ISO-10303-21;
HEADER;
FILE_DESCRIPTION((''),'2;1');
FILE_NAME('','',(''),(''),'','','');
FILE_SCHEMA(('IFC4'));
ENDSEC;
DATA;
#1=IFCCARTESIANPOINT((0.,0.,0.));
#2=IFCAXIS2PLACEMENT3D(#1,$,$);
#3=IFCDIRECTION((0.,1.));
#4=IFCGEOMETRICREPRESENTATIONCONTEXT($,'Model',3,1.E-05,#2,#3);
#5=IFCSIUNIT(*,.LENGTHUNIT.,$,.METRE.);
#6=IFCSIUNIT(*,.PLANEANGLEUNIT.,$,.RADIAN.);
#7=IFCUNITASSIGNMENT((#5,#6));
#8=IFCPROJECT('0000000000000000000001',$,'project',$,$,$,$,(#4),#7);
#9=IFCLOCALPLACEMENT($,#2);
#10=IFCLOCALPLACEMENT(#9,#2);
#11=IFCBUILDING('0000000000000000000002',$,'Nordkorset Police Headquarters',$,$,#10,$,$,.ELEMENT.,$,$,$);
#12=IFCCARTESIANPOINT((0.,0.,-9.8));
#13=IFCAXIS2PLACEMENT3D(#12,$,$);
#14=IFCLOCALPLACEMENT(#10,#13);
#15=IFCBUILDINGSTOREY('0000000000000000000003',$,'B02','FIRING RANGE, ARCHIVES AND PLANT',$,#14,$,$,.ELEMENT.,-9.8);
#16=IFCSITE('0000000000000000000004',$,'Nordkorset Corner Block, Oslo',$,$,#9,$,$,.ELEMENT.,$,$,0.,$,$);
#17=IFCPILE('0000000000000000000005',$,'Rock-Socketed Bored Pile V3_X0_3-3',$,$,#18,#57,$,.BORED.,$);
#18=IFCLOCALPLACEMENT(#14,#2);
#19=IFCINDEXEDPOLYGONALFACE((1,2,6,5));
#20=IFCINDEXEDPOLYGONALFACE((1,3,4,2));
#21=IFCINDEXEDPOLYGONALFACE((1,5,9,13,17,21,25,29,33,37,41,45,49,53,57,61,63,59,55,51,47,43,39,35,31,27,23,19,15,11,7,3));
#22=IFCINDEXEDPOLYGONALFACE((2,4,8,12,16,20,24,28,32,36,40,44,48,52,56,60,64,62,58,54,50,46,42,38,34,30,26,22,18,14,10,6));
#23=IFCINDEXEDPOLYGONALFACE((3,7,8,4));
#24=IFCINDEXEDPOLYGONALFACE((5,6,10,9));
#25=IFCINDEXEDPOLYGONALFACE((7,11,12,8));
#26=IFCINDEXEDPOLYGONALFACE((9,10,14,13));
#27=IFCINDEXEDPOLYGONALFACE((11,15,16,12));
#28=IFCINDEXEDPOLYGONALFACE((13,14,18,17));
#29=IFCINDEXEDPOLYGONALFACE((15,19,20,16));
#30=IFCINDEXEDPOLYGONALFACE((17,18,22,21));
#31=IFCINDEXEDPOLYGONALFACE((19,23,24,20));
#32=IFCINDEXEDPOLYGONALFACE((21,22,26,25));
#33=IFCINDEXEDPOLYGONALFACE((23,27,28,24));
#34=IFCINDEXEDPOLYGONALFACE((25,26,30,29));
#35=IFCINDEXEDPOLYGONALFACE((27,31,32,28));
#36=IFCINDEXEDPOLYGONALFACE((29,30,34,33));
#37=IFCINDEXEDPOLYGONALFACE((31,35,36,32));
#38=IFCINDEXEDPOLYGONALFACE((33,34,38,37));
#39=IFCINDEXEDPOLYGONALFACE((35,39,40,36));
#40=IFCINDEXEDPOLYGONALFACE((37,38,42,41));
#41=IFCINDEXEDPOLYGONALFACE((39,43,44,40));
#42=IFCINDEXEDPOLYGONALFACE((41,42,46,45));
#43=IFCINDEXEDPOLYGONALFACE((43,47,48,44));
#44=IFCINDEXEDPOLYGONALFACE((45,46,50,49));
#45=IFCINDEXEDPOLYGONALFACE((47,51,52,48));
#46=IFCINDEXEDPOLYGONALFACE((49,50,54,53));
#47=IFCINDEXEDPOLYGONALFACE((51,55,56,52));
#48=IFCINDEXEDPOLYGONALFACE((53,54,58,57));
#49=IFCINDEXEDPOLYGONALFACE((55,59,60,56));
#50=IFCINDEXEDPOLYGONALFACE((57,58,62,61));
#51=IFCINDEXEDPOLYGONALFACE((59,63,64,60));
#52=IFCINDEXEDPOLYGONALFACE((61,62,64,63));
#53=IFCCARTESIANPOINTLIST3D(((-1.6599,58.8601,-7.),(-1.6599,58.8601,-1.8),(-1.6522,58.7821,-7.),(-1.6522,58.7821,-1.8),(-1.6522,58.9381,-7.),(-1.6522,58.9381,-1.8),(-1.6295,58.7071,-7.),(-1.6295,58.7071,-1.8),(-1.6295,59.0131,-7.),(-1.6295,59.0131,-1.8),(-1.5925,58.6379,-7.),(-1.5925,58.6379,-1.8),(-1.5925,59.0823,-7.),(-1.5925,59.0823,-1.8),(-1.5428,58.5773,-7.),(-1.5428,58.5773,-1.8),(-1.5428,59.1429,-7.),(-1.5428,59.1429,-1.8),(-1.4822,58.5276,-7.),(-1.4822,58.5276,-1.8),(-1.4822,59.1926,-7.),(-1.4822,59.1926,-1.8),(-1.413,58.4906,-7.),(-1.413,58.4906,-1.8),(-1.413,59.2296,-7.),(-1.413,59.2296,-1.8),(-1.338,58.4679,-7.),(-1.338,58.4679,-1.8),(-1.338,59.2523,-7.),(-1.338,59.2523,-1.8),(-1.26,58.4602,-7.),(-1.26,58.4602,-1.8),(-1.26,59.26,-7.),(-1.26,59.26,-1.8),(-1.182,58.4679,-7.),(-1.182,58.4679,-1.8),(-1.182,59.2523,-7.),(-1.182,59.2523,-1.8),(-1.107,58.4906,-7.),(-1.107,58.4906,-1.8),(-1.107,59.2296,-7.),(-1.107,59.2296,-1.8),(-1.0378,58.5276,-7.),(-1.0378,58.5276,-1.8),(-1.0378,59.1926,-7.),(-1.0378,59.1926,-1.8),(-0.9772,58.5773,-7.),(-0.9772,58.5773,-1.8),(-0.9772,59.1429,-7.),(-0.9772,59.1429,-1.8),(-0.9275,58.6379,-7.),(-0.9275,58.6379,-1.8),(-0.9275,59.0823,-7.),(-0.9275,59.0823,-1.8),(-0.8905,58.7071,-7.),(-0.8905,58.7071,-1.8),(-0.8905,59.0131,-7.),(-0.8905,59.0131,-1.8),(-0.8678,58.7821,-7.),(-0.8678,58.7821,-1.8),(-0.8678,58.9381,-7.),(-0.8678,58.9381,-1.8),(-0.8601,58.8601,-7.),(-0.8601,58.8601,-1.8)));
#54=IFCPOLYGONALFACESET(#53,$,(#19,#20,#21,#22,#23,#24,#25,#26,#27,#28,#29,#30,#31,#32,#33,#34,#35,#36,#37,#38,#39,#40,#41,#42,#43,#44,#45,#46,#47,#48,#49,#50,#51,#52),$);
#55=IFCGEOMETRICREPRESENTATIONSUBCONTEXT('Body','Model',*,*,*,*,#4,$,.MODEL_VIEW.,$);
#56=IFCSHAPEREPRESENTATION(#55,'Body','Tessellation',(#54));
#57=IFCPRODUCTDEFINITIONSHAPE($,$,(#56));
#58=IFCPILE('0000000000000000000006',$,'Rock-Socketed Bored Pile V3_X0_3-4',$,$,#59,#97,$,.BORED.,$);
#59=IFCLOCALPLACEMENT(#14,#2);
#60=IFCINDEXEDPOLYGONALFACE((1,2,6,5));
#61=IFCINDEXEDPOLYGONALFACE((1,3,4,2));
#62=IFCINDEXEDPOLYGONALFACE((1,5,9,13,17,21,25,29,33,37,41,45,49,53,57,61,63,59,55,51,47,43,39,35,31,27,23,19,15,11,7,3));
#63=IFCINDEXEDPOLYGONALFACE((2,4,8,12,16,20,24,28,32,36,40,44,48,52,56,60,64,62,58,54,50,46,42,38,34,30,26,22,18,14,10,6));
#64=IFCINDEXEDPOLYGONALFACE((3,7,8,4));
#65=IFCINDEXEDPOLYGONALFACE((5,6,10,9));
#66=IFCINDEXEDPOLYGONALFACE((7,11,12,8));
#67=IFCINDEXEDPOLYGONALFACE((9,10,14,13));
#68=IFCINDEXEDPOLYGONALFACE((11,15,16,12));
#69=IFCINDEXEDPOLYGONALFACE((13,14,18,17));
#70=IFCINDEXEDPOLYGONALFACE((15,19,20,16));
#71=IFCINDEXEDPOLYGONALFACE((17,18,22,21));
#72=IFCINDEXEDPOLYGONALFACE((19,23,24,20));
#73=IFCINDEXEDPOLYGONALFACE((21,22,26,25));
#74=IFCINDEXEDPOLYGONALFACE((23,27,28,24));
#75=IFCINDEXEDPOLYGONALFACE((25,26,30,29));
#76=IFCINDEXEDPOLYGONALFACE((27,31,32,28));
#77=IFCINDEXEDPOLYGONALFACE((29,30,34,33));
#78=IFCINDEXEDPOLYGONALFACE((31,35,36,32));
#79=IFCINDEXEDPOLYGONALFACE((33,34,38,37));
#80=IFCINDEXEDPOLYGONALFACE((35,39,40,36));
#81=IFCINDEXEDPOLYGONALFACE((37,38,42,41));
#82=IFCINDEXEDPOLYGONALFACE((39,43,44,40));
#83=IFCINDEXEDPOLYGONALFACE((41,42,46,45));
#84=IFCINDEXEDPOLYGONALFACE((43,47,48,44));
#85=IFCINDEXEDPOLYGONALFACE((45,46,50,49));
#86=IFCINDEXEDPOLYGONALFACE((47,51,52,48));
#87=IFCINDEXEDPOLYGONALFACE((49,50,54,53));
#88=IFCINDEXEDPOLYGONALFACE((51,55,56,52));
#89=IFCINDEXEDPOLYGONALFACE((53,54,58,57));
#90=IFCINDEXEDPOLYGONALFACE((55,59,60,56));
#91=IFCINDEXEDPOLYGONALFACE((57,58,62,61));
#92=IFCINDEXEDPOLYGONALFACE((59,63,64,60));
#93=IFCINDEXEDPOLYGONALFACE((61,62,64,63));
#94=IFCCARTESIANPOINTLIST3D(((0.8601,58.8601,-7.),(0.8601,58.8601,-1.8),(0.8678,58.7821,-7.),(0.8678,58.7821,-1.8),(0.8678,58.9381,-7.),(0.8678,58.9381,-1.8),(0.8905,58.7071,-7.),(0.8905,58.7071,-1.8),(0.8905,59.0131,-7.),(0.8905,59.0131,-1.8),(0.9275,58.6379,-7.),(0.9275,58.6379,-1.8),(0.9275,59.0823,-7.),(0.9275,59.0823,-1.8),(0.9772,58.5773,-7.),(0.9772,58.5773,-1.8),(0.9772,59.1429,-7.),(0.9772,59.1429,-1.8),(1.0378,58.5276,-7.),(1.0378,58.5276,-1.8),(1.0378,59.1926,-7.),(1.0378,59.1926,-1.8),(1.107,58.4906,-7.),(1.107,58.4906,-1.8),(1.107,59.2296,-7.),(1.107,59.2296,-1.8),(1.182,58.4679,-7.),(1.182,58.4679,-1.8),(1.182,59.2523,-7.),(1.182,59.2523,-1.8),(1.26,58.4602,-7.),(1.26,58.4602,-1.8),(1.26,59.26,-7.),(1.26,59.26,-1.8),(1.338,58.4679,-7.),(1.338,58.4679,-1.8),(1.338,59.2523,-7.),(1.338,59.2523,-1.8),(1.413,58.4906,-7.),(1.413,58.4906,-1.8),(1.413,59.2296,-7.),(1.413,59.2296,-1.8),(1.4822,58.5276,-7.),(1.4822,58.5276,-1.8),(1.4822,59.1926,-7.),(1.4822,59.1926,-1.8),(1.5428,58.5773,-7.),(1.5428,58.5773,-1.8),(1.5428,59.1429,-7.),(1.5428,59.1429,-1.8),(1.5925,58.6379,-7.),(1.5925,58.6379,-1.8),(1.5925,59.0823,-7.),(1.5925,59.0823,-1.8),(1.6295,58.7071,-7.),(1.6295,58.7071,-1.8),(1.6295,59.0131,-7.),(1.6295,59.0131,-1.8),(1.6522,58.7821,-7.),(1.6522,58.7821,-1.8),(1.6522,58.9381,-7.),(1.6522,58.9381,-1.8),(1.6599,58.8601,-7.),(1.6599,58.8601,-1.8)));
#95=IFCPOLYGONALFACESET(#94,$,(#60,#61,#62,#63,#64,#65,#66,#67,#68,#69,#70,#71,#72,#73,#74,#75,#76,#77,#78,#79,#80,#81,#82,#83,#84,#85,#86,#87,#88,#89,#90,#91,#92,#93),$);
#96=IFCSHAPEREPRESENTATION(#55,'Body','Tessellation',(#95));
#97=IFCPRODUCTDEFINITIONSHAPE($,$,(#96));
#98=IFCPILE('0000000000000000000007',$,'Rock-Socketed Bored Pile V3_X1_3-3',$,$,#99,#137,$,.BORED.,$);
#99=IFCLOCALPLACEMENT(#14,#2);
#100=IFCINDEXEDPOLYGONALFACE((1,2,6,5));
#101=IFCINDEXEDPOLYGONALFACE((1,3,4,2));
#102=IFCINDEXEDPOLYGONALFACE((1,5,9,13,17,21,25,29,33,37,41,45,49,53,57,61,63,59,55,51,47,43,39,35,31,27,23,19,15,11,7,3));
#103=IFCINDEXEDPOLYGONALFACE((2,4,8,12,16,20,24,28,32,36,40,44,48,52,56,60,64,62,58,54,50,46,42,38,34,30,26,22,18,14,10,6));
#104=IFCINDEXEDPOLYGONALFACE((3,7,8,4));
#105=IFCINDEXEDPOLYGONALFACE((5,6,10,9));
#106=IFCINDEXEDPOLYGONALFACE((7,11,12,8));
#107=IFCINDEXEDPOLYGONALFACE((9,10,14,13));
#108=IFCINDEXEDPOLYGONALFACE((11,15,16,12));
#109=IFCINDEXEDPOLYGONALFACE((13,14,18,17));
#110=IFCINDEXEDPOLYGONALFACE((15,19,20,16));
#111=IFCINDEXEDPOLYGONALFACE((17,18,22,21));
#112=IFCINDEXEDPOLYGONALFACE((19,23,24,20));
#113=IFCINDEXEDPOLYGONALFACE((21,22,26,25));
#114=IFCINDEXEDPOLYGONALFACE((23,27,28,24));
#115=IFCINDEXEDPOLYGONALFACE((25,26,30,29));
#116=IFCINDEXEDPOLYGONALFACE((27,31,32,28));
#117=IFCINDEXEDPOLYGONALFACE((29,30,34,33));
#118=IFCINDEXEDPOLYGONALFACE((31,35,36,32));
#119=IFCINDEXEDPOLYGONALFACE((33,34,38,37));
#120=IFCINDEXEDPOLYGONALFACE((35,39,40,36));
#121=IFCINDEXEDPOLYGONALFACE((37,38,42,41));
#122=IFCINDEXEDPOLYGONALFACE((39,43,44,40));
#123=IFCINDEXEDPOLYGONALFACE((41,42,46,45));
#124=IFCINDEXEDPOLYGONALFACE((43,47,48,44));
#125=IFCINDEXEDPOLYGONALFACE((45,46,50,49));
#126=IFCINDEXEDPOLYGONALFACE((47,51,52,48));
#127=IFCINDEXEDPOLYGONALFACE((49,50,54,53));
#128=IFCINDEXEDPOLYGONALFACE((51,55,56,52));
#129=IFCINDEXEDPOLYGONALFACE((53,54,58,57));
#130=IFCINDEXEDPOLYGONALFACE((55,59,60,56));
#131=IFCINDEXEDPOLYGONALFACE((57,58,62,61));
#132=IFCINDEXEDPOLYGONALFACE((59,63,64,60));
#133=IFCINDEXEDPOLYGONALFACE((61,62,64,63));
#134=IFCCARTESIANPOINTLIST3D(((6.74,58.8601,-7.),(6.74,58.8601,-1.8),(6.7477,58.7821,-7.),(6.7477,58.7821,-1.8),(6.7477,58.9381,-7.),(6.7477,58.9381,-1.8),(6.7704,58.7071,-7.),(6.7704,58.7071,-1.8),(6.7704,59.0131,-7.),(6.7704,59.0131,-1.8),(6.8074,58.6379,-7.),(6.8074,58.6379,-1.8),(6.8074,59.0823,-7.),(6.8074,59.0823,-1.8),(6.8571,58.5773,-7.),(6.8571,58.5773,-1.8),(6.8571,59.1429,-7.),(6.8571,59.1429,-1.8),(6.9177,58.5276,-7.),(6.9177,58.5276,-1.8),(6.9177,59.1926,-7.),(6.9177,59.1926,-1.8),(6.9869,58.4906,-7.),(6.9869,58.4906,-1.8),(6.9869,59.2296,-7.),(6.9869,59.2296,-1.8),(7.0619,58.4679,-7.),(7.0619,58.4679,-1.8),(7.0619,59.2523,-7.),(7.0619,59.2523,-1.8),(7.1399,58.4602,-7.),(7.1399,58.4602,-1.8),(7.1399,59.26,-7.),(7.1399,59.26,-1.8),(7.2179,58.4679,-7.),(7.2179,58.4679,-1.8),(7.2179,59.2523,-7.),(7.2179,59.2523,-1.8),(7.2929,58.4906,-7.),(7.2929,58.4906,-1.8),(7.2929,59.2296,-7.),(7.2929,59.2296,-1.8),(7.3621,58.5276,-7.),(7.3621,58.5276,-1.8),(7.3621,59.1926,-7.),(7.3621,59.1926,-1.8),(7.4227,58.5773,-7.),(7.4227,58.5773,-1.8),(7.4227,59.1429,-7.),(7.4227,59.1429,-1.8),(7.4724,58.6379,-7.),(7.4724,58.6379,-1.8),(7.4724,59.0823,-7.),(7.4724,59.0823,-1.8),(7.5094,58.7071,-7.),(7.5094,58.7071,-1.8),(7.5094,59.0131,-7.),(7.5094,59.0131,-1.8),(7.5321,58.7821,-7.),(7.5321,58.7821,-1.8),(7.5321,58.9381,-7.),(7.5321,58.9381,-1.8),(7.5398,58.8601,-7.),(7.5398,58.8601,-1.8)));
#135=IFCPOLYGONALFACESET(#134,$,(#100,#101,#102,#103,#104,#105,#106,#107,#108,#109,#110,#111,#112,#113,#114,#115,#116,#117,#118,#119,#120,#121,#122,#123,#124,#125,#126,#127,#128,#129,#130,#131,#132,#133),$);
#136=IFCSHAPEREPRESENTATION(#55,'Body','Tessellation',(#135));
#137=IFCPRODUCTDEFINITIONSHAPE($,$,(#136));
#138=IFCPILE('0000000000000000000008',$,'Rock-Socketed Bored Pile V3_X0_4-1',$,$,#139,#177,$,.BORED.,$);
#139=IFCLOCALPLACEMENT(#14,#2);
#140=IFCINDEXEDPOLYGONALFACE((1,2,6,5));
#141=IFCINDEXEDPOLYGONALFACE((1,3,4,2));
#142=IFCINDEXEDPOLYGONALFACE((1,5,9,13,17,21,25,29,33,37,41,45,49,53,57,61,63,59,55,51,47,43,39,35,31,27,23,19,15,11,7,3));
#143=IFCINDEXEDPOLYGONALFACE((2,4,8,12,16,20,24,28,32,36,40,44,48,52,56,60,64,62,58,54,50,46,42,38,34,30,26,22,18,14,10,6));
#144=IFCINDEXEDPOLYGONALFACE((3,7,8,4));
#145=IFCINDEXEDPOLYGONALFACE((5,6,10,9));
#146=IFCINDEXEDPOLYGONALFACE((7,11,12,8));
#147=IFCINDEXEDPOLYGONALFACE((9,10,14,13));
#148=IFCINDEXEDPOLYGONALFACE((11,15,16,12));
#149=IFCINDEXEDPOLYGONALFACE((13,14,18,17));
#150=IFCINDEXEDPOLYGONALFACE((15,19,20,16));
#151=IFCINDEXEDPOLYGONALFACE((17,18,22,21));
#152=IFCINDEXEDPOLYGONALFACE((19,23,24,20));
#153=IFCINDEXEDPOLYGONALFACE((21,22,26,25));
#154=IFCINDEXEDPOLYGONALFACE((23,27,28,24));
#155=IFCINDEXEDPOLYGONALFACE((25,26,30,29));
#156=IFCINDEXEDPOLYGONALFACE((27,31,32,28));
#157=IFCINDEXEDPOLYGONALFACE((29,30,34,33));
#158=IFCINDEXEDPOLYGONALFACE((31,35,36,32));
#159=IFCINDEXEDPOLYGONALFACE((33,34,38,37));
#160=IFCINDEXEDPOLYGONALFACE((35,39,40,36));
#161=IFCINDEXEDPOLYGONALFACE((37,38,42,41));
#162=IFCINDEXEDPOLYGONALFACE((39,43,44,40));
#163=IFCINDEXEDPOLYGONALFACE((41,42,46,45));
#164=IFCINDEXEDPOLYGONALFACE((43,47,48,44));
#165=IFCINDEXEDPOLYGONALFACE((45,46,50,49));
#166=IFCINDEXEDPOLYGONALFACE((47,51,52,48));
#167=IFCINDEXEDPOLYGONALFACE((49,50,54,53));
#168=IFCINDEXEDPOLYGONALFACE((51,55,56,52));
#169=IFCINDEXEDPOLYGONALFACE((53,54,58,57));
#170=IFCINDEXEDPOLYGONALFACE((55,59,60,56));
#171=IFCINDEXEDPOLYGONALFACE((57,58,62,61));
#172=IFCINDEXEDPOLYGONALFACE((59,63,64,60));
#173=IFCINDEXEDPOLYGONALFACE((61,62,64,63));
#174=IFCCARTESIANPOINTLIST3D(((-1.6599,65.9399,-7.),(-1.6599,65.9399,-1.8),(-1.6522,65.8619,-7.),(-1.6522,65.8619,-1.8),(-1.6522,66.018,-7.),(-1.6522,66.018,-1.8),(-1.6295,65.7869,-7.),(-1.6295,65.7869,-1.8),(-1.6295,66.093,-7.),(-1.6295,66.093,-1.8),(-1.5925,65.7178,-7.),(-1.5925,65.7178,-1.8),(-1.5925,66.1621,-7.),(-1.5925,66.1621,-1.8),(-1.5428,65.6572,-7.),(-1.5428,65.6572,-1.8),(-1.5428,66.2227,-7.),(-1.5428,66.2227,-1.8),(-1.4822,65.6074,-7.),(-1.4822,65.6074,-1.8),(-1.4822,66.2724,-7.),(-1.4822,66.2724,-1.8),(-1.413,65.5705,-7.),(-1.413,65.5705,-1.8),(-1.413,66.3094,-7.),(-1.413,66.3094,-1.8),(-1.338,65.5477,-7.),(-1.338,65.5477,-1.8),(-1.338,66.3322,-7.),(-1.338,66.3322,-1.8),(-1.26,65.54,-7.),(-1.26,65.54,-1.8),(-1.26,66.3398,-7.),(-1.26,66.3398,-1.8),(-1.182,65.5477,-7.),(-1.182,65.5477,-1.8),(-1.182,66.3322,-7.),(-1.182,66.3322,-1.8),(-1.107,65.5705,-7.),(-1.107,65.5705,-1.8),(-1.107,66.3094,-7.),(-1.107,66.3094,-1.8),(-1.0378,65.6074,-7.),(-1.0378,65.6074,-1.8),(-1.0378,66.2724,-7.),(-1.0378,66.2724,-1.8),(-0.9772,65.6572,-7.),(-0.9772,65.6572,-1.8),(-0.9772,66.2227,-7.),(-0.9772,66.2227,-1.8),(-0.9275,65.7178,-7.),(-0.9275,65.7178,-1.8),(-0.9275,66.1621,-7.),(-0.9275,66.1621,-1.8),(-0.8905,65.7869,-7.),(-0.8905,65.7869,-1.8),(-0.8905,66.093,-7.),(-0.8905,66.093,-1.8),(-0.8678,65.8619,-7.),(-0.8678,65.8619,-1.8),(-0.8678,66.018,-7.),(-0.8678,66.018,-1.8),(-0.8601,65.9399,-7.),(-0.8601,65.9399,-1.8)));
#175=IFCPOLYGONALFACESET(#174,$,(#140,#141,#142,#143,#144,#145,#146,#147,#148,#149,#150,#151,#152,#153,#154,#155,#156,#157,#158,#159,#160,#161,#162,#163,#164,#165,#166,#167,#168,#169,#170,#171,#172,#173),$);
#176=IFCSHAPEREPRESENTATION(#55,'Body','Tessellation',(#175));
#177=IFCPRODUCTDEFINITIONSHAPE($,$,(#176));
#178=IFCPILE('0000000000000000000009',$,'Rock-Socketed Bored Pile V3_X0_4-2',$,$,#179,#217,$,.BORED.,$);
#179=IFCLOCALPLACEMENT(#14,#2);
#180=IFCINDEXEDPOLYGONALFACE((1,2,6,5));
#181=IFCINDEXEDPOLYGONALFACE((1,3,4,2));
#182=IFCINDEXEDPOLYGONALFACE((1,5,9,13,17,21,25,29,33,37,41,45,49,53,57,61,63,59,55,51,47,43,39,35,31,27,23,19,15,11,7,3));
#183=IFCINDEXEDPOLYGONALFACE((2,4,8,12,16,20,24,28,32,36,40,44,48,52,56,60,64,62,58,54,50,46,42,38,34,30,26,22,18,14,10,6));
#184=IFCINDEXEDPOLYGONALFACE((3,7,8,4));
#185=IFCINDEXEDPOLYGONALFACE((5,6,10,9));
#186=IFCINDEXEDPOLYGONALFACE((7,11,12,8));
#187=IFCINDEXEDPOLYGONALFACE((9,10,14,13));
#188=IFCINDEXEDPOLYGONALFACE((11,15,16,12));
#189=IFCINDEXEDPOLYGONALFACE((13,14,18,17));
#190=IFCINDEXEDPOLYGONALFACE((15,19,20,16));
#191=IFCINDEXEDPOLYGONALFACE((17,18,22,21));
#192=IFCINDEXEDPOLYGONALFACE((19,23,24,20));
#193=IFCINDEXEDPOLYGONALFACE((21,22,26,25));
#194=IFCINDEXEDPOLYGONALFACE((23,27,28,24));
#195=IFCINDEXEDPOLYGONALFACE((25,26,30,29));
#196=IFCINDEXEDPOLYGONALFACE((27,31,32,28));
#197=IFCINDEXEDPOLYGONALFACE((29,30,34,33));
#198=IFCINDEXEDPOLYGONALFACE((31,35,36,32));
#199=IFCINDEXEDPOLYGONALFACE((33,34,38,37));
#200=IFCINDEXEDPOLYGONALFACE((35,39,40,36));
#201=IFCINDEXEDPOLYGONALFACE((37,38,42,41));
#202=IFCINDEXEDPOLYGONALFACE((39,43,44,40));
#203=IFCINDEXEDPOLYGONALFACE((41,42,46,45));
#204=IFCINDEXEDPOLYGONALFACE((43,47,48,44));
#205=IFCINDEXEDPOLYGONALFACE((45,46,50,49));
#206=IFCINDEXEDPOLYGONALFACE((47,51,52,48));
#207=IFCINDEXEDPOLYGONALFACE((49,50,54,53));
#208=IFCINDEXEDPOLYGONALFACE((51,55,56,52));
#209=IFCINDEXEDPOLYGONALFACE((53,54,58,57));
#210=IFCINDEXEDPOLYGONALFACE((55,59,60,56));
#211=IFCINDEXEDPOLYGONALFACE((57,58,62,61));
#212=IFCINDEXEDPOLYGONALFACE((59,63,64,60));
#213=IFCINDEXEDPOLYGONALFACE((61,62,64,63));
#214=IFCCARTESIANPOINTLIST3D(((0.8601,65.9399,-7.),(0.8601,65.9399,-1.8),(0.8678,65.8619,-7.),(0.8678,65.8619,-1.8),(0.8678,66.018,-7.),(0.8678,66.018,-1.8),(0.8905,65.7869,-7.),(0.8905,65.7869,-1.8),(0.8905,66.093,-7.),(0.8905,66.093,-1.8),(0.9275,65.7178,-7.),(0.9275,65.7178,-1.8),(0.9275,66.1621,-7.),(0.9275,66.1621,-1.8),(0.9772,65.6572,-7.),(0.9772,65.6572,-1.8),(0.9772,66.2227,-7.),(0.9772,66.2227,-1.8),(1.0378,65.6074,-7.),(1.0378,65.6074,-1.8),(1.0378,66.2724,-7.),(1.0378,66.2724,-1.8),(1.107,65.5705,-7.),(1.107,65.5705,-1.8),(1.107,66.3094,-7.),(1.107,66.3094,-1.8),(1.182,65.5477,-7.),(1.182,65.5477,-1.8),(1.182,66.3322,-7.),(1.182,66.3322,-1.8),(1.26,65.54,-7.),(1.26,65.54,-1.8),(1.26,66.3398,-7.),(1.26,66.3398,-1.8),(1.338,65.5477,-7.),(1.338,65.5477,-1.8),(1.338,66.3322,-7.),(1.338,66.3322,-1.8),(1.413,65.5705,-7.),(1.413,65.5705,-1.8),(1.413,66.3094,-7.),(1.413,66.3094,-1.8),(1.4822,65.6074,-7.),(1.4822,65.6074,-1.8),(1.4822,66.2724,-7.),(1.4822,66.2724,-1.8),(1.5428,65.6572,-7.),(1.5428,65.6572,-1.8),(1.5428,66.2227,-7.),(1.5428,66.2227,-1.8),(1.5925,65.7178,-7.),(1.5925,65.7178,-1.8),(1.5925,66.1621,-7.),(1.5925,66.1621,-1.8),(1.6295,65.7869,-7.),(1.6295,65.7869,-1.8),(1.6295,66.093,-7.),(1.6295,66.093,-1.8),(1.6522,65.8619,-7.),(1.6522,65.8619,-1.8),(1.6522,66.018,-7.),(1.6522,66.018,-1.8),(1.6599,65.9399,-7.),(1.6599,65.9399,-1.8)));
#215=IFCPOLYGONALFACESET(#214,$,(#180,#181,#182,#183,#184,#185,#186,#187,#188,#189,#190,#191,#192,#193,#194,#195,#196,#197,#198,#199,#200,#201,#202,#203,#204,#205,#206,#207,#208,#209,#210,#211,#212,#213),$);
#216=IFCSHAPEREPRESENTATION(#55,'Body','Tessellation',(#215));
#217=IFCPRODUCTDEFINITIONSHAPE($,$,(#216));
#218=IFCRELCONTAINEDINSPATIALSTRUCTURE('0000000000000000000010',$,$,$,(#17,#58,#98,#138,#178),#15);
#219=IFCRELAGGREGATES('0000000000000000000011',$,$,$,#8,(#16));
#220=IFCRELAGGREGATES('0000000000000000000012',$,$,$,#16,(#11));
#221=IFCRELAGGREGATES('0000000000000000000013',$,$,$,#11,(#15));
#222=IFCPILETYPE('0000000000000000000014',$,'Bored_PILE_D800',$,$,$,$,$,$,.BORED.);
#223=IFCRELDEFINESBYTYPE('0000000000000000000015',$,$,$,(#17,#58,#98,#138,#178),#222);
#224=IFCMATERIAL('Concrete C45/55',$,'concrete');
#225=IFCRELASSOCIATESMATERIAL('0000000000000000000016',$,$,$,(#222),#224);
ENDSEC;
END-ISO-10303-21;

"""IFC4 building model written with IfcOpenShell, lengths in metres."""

from ifc_helpers import new_model, si_unit, direction, frame, origin, origin_2d, place, context, subcontext, project, spatial, circle, extrude, material, material_profile, profile_set, type_object, element, save


model = new_model("IFC4")

# Units and contexts
model_context = context("Model", 3, precision=1e-05, world=origin(), true_north=direction((0.0, 1.0)))
body_context = subcontext(model_context, "Body", "Model", "MODEL_VIEW")
ifc_project = project(units=[si_unit("LENGTHUNIT", "METRE"), si_unit("PLANEANGLEUNIT", "RADIAN")], contexts=[model_context])

# Site, building, storey
site_placement = place(None, origin())
site = spatial("IfcSite", under=ifc_project, at=site_placement, Name="Nordkorset Corner Block, Oslo", CompositionType="ELEMENT", RefElevation=0.0)
building_placement = place(site_placement, origin())
building = spatial("IfcBuilding", under=site, at=building_placement, Name="Nordkorset Police Headquarters", CompositionType="ELEMENT")
storey_placement = place(building_placement, frame((0.0, 0.0, -9.8)))
storey = spatial("IfcBuildingStorey", under=building, at=storey_placement, Name="B02", Description="FIRING RANGE, ARCHIVES AND PLANT", CompositionType="ELEMENT", Elevation=-9.8)

# Piles
ifc_material_1 = material(Name="Concrete C45/55", Category="concrete")
ifc_material_profile_1 = material_profile(ifc_material_1, circle(Radius=0.3999, at=origin_2d()), Name="PILE D800")
ifc_profile_set_1 = profile_set([ifc_material_profile_1], Name="Concrete C45/55")
pile_type = type_object("IfcPileType", Name="Bored_PILE_D800", PredefinedType="BORED", material=ifc_profile_set_1)
for number, where, z_axis, x_axis, name in (
    (1, (-1.26, 58.8601, -1.8), (0.0, 0.0, -1.0), (1.0, 0.0, 0.0), "Rock-Socketed Bored Pile V3_X0_3-3"),
    (2, (1.26, 58.8601, -1.8), (0.0, 0.0, -1.0), (1.0, 0.0, 0.0), "Rock-Socketed Bored Pile V3_X0_3-4"),
    (3, (7.1399, 58.8601, -1.8), (0.0, 0.0, -1.0), (1.0, 0.0, 0.0), "Rock-Socketed Bored Pile V3_X1_3-3"),
    (4, (-1.26, 65.9399, -1.8), (0.0, 0.0, -1.0), (1.0, 0.0, 0.0), "Rock-Socketed Bored Pile V3_X0_4-1"),
    (5, (1.26, 65.9399, -1.8), (0.0, 0.0, -1.0), (1.0, 0.0, 0.0), "Rock-Socketed Bored Pile V3_X0_4-2"),
):
    element("IfcPile", number, at=place(storey_placement, frame(where, z_axis=z_axis, x_axis=x_axis)), inside=storey, type_object=pile_type, Name=name, PredefinedType="BORED", context=body_context, shape_type="SweptSolid", body=[
        extrude(circle(Radius=0.3999, at=origin_2d()), origin(), (0.0, 0.0, 1.0), 5.2),
    ])

save(model, "model.ifc")
